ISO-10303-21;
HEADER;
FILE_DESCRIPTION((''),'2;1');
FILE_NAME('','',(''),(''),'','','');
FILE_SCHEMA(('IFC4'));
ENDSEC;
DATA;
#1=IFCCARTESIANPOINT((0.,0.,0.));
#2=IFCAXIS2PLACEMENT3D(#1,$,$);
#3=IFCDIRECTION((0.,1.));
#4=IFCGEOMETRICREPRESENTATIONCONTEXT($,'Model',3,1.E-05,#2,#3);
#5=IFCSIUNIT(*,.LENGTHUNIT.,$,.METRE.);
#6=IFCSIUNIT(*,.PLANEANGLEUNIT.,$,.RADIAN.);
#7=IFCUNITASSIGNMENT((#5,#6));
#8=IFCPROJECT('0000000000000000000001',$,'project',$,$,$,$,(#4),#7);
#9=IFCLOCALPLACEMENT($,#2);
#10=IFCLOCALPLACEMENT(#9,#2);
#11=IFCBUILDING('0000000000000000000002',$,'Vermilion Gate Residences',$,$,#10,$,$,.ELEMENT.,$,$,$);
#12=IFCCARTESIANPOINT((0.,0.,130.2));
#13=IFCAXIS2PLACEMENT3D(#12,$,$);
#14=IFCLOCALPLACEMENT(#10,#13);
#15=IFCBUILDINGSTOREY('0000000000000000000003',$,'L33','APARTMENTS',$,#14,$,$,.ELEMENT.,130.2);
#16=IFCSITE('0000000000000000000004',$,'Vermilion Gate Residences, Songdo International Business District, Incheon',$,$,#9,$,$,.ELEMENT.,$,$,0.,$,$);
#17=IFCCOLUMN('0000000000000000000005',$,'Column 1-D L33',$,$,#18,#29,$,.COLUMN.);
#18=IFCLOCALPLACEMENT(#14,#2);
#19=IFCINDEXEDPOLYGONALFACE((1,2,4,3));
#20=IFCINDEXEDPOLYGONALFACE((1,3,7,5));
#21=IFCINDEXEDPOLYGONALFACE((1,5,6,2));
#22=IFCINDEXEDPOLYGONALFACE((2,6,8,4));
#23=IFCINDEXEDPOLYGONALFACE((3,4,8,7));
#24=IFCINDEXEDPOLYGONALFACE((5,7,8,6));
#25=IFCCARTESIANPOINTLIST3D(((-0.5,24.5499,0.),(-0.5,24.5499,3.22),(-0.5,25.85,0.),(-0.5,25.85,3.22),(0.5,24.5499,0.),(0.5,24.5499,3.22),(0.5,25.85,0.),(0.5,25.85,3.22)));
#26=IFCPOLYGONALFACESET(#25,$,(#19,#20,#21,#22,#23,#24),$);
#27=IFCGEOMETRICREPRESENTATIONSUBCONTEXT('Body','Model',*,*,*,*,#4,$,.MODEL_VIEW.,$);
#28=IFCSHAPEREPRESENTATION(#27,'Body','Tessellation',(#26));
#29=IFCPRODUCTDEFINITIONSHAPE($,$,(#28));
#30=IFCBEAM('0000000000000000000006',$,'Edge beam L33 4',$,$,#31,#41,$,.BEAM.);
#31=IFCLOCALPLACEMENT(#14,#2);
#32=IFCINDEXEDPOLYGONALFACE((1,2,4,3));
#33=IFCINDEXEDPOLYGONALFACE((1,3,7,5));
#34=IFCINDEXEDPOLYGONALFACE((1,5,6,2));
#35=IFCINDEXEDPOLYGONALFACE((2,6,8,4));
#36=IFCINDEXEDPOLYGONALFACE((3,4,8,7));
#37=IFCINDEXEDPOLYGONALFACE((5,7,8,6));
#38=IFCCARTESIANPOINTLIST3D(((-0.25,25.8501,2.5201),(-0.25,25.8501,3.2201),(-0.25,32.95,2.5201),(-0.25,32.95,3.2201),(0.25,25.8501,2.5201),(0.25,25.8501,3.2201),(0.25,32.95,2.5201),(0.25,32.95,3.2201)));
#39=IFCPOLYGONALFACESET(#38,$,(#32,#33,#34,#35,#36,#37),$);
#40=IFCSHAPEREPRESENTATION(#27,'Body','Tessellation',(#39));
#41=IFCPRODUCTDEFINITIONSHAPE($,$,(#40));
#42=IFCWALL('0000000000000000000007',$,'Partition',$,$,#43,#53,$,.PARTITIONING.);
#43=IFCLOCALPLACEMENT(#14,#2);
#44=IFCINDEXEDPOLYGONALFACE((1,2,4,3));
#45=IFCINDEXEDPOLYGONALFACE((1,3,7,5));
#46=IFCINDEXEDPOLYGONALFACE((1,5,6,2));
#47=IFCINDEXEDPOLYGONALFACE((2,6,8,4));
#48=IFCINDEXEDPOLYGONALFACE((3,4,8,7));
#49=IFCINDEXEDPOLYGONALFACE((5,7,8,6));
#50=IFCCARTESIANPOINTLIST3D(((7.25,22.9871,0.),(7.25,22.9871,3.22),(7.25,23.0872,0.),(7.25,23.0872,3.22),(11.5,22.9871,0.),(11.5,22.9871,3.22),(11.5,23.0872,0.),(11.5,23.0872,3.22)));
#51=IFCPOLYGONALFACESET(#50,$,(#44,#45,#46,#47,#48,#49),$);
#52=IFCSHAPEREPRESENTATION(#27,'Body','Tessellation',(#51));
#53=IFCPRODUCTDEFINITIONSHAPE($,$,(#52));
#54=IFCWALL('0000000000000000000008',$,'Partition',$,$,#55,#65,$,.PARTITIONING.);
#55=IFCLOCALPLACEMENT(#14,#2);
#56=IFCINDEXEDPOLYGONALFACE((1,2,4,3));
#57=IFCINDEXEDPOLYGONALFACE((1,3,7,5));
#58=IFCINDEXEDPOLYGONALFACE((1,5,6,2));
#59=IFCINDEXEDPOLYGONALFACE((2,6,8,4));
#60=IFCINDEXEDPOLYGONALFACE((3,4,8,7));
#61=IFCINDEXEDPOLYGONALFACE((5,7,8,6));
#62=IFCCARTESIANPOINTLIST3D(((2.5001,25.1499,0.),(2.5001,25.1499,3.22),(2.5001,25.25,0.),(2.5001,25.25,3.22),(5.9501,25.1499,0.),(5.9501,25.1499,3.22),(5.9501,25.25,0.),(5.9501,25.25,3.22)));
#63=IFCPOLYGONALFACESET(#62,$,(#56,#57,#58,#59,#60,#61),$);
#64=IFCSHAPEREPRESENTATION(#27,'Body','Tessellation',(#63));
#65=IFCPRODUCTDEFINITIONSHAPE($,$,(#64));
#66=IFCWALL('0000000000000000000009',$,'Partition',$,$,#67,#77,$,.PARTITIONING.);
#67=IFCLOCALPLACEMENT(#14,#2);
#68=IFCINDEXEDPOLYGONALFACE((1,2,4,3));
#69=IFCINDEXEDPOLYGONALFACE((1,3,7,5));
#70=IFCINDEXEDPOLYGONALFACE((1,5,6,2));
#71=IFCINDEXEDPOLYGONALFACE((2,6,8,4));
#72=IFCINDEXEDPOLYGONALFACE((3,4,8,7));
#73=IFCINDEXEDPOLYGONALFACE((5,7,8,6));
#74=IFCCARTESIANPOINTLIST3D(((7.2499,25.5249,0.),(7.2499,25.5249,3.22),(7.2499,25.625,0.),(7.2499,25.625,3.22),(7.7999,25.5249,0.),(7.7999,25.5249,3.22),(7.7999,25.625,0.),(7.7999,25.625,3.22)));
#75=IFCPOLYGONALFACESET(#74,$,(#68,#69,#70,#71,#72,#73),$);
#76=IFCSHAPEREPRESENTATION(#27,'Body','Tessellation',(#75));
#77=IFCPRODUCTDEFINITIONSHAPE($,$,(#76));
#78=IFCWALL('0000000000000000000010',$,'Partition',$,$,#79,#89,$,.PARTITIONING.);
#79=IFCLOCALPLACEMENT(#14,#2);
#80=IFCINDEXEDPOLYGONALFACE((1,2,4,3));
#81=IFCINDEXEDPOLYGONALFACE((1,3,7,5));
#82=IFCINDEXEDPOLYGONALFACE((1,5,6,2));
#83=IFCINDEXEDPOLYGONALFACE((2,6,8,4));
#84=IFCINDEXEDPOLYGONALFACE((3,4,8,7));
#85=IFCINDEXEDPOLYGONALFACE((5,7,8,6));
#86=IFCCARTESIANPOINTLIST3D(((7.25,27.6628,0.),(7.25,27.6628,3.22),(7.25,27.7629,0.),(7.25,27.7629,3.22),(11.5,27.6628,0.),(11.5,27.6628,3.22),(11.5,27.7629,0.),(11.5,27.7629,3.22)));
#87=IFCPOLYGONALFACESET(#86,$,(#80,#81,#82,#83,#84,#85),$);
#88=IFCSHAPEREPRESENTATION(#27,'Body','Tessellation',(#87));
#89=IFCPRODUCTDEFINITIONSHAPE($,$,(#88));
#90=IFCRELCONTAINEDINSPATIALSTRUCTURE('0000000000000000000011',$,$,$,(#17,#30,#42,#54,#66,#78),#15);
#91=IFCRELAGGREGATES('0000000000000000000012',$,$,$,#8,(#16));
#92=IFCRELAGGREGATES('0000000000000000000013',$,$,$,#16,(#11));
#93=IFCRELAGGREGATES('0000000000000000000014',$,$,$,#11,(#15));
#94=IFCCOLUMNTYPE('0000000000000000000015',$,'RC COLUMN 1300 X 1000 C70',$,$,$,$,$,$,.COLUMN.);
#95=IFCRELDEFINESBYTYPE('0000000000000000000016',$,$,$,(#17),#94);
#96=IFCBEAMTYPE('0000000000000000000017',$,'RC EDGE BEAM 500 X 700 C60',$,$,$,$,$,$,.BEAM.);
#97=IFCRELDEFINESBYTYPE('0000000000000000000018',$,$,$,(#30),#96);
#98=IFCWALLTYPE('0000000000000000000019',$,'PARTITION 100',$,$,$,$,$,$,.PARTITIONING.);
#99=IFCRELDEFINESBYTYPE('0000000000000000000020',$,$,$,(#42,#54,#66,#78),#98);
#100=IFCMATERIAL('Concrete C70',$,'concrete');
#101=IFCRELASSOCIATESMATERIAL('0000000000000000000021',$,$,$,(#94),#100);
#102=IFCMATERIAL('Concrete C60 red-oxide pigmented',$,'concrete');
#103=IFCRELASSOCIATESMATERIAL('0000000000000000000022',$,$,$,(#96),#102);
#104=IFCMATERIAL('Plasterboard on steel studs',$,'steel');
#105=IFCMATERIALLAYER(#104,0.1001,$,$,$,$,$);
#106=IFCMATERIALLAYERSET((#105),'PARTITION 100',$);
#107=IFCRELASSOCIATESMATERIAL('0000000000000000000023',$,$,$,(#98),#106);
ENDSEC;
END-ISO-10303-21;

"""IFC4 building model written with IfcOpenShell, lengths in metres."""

from ifc_helpers import new_model, si_unit, direction, frame, frame_2d, origin, origin_2d, place, context, subcontext, project, spatial, rectangle, extrude, material, layer, layer_set, material_profile, profile_set, type_object, element, save


model = new_model("IFC4")

# Units and contexts
model_context = context("Model", 3, precision=1e-05, world=origin(), true_north=direction((0.0, 1.0)))
body_context = subcontext(model_context, "Body", "Model", "MODEL_VIEW")
ifc_project = project(units=[si_unit("LENGTHUNIT", "METRE"), si_unit("PLANEANGLEUNIT", "RADIAN")], contexts=[model_context])

# Site, building, storey
site_placement = place(None, origin())
site = spatial("IfcSite", under=ifc_project, at=site_placement, Name="Vermilion Gate Residences, Songdo International Business District, Incheon", CompositionType="ELEMENT", RefElevation=0.0)
building_placement = place(site_placement, origin())
building = spatial("IfcBuilding", under=site, at=building_placement, Name="Vermilion Gate Residences", CompositionType="ELEMENT")
storey_placement = place(building_placement, frame((0.0, 0.0, 130.2)))
storey = spatial("IfcBuildingStorey", under=building, at=storey_placement, Name="L33", Description="APARTMENTS", CompositionType="ELEMENT", Elevation=130.2)

# Column
ifc_material_1 = material(Name="Concrete C70", Category="concrete")
ifc_material_profile_1 = material_profile(ifc_material_1, rectangle(XDim=1.3, YDim=1.0, at=origin_2d()), Name="RC-1300x1000")
ifc_profile_set_1 = profile_set([ifc_material_profile_1], Name="Concrete C70")
column_type = type_object("IfcColumnType", Name="RC COLUMN 1300 X 1000 C70", PredefinedType="COLUMN", material=ifc_profile_set_1)
column_placement = place(storey_placement, frame((0.0, 25.2, 0.0), z_axis=(0.0, 0.0, 1.0), x_axis=(0.0, 1.0, 0.0)))
element("IfcColumn", 1, at=column_placement, inside=storey, type_object=column_type, Name="Column 1-D L33", PredefinedType="COLUMN", context=body_context, shape_type="SweptSolid", body=[
    extrude(rectangle(XDim=1.3, YDim=1.0, at=origin_2d()), origin(), (0.0, 0.0, 1.0), 3.22),
])

# Beam
ifc_material_2 = material(Name="Concrete C60 red-oxide pigmented", Category="concrete")
ifc_material_profile_2 = material_profile(ifc_material_2, rectangle(XDim=0.5, YDim=0.7, at=origin_2d()), Name="RC-500x700")
ifc_profile_set_2 = profile_set([ifc_material_profile_2], Name="Concrete C60 red-oxide pigmented")
beam_type = type_object("IfcBeamType", Name="RC EDGE BEAM 500 X 700 C60", PredefinedType="BEAM", material=ifc_profile_set_2)
beam_placement = place(storey_placement, frame((0.0, 25.8501, 2.8701), z_axis=(0.0, 1.0, 0.0), x_axis=(-1.0, 0.0, 0.0)))
element("IfcBeam", 2, at=beam_placement, inside=storey, type_object=beam_type, Name="Edge beam L33 4", PredefinedType="BEAM", context=body_context, shape_type="SweptSolid", body=[
    extrude(rectangle(XDim=0.5, YDim=0.7, at=origin_2d()), origin(), (0.0, 0.0, 1.0), 7.0999),
])

# Walls
ifc_material_3 = material(Name="Plasterboard on steel studs", Category="steel")
ifc_layer = layer(ifc_material_3, 0.1001)
ifc_layer_set = layer_set([ifc_layer], Name="PARTITION 100")
wall_type = type_object("IfcWallType", Name="PARTITION 100", PredefinedType="PARTITIONING", material=ifc_layer_set)
wall_1_placement = place(storey_placement, frame((7.25, 23.0371, 0.0), z_axis=(0.0, 0.0, 1.0), x_axis=(1.0, 0.0, 0.0)))
element("IfcWall", 3, at=wall_1_placement, inside=storey, type_object=wall_type, Name="Partition", PredefinedType="PARTITIONING", context=body_context, shape_type="SweptSolid", body=[
    extrude(rectangle(XDim=4.25, YDim=0.1001, at=frame_2d((2.125, 0.0))), origin(), (0.0, 0.0, 1.0), 3.22),
])
wall_2_placement = place(storey_placement, frame((2.5, 25.2, 0.0), z_axis=(0.0, 0.0, 1.0), x_axis=(1.0, 0.0, 0.0)))
element("IfcWall", 4, at=wall_2_placement, inside=storey, type_object=wall_type, Name="Partition", PredefinedType="PARTITIONING", context=body_context, shape_type="SweptSolid", body=[
    extrude(rectangle(XDim=3.45, YDim=0.1001, at=frame_2d((1.7251, 0.0))), origin(), (0.0, 0.0, 1.0), 3.22),
])
wall_3_placement = place(storey_placement, frame((7.25, 25.575, 0.0), z_axis=(0.0, 0.0, 1.0), x_axis=(1.0, 0.0, 0.0)))
element("IfcWall", 5, at=wall_3_placement, inside=storey, type_object=wall_type, Name="Partition", PredefinedType="PARTITIONING", context=body_context, shape_type="SweptSolid", body=[
    extrude(rectangle(XDim=0.55, YDim=0.1001, at=frame_2d((0.2749, 0.0))), origin(), (0.0, 0.0, 1.0), 3.22),
])
wall_4_placement = place(storey_placement, frame((7.25, 27.7129, 0.0), z_axis=(0.0, 0.0, 1.0), x_axis=(1.0, 0.0, 0.0)))
element("IfcWall", 6, at=wall_4_placement, inside=storey, type_object=wall_type, Name="Partition", PredefinedType="PARTITIONING", context=body_context, shape_type="SweptSolid", body=[
    extrude(rectangle(XDim=4.25, YDim=0.1001, at=frame_2d((2.125, 0.0))), origin(), (0.0, 0.0, 1.0), 3.22),
])

save(model, "model.ifc")
